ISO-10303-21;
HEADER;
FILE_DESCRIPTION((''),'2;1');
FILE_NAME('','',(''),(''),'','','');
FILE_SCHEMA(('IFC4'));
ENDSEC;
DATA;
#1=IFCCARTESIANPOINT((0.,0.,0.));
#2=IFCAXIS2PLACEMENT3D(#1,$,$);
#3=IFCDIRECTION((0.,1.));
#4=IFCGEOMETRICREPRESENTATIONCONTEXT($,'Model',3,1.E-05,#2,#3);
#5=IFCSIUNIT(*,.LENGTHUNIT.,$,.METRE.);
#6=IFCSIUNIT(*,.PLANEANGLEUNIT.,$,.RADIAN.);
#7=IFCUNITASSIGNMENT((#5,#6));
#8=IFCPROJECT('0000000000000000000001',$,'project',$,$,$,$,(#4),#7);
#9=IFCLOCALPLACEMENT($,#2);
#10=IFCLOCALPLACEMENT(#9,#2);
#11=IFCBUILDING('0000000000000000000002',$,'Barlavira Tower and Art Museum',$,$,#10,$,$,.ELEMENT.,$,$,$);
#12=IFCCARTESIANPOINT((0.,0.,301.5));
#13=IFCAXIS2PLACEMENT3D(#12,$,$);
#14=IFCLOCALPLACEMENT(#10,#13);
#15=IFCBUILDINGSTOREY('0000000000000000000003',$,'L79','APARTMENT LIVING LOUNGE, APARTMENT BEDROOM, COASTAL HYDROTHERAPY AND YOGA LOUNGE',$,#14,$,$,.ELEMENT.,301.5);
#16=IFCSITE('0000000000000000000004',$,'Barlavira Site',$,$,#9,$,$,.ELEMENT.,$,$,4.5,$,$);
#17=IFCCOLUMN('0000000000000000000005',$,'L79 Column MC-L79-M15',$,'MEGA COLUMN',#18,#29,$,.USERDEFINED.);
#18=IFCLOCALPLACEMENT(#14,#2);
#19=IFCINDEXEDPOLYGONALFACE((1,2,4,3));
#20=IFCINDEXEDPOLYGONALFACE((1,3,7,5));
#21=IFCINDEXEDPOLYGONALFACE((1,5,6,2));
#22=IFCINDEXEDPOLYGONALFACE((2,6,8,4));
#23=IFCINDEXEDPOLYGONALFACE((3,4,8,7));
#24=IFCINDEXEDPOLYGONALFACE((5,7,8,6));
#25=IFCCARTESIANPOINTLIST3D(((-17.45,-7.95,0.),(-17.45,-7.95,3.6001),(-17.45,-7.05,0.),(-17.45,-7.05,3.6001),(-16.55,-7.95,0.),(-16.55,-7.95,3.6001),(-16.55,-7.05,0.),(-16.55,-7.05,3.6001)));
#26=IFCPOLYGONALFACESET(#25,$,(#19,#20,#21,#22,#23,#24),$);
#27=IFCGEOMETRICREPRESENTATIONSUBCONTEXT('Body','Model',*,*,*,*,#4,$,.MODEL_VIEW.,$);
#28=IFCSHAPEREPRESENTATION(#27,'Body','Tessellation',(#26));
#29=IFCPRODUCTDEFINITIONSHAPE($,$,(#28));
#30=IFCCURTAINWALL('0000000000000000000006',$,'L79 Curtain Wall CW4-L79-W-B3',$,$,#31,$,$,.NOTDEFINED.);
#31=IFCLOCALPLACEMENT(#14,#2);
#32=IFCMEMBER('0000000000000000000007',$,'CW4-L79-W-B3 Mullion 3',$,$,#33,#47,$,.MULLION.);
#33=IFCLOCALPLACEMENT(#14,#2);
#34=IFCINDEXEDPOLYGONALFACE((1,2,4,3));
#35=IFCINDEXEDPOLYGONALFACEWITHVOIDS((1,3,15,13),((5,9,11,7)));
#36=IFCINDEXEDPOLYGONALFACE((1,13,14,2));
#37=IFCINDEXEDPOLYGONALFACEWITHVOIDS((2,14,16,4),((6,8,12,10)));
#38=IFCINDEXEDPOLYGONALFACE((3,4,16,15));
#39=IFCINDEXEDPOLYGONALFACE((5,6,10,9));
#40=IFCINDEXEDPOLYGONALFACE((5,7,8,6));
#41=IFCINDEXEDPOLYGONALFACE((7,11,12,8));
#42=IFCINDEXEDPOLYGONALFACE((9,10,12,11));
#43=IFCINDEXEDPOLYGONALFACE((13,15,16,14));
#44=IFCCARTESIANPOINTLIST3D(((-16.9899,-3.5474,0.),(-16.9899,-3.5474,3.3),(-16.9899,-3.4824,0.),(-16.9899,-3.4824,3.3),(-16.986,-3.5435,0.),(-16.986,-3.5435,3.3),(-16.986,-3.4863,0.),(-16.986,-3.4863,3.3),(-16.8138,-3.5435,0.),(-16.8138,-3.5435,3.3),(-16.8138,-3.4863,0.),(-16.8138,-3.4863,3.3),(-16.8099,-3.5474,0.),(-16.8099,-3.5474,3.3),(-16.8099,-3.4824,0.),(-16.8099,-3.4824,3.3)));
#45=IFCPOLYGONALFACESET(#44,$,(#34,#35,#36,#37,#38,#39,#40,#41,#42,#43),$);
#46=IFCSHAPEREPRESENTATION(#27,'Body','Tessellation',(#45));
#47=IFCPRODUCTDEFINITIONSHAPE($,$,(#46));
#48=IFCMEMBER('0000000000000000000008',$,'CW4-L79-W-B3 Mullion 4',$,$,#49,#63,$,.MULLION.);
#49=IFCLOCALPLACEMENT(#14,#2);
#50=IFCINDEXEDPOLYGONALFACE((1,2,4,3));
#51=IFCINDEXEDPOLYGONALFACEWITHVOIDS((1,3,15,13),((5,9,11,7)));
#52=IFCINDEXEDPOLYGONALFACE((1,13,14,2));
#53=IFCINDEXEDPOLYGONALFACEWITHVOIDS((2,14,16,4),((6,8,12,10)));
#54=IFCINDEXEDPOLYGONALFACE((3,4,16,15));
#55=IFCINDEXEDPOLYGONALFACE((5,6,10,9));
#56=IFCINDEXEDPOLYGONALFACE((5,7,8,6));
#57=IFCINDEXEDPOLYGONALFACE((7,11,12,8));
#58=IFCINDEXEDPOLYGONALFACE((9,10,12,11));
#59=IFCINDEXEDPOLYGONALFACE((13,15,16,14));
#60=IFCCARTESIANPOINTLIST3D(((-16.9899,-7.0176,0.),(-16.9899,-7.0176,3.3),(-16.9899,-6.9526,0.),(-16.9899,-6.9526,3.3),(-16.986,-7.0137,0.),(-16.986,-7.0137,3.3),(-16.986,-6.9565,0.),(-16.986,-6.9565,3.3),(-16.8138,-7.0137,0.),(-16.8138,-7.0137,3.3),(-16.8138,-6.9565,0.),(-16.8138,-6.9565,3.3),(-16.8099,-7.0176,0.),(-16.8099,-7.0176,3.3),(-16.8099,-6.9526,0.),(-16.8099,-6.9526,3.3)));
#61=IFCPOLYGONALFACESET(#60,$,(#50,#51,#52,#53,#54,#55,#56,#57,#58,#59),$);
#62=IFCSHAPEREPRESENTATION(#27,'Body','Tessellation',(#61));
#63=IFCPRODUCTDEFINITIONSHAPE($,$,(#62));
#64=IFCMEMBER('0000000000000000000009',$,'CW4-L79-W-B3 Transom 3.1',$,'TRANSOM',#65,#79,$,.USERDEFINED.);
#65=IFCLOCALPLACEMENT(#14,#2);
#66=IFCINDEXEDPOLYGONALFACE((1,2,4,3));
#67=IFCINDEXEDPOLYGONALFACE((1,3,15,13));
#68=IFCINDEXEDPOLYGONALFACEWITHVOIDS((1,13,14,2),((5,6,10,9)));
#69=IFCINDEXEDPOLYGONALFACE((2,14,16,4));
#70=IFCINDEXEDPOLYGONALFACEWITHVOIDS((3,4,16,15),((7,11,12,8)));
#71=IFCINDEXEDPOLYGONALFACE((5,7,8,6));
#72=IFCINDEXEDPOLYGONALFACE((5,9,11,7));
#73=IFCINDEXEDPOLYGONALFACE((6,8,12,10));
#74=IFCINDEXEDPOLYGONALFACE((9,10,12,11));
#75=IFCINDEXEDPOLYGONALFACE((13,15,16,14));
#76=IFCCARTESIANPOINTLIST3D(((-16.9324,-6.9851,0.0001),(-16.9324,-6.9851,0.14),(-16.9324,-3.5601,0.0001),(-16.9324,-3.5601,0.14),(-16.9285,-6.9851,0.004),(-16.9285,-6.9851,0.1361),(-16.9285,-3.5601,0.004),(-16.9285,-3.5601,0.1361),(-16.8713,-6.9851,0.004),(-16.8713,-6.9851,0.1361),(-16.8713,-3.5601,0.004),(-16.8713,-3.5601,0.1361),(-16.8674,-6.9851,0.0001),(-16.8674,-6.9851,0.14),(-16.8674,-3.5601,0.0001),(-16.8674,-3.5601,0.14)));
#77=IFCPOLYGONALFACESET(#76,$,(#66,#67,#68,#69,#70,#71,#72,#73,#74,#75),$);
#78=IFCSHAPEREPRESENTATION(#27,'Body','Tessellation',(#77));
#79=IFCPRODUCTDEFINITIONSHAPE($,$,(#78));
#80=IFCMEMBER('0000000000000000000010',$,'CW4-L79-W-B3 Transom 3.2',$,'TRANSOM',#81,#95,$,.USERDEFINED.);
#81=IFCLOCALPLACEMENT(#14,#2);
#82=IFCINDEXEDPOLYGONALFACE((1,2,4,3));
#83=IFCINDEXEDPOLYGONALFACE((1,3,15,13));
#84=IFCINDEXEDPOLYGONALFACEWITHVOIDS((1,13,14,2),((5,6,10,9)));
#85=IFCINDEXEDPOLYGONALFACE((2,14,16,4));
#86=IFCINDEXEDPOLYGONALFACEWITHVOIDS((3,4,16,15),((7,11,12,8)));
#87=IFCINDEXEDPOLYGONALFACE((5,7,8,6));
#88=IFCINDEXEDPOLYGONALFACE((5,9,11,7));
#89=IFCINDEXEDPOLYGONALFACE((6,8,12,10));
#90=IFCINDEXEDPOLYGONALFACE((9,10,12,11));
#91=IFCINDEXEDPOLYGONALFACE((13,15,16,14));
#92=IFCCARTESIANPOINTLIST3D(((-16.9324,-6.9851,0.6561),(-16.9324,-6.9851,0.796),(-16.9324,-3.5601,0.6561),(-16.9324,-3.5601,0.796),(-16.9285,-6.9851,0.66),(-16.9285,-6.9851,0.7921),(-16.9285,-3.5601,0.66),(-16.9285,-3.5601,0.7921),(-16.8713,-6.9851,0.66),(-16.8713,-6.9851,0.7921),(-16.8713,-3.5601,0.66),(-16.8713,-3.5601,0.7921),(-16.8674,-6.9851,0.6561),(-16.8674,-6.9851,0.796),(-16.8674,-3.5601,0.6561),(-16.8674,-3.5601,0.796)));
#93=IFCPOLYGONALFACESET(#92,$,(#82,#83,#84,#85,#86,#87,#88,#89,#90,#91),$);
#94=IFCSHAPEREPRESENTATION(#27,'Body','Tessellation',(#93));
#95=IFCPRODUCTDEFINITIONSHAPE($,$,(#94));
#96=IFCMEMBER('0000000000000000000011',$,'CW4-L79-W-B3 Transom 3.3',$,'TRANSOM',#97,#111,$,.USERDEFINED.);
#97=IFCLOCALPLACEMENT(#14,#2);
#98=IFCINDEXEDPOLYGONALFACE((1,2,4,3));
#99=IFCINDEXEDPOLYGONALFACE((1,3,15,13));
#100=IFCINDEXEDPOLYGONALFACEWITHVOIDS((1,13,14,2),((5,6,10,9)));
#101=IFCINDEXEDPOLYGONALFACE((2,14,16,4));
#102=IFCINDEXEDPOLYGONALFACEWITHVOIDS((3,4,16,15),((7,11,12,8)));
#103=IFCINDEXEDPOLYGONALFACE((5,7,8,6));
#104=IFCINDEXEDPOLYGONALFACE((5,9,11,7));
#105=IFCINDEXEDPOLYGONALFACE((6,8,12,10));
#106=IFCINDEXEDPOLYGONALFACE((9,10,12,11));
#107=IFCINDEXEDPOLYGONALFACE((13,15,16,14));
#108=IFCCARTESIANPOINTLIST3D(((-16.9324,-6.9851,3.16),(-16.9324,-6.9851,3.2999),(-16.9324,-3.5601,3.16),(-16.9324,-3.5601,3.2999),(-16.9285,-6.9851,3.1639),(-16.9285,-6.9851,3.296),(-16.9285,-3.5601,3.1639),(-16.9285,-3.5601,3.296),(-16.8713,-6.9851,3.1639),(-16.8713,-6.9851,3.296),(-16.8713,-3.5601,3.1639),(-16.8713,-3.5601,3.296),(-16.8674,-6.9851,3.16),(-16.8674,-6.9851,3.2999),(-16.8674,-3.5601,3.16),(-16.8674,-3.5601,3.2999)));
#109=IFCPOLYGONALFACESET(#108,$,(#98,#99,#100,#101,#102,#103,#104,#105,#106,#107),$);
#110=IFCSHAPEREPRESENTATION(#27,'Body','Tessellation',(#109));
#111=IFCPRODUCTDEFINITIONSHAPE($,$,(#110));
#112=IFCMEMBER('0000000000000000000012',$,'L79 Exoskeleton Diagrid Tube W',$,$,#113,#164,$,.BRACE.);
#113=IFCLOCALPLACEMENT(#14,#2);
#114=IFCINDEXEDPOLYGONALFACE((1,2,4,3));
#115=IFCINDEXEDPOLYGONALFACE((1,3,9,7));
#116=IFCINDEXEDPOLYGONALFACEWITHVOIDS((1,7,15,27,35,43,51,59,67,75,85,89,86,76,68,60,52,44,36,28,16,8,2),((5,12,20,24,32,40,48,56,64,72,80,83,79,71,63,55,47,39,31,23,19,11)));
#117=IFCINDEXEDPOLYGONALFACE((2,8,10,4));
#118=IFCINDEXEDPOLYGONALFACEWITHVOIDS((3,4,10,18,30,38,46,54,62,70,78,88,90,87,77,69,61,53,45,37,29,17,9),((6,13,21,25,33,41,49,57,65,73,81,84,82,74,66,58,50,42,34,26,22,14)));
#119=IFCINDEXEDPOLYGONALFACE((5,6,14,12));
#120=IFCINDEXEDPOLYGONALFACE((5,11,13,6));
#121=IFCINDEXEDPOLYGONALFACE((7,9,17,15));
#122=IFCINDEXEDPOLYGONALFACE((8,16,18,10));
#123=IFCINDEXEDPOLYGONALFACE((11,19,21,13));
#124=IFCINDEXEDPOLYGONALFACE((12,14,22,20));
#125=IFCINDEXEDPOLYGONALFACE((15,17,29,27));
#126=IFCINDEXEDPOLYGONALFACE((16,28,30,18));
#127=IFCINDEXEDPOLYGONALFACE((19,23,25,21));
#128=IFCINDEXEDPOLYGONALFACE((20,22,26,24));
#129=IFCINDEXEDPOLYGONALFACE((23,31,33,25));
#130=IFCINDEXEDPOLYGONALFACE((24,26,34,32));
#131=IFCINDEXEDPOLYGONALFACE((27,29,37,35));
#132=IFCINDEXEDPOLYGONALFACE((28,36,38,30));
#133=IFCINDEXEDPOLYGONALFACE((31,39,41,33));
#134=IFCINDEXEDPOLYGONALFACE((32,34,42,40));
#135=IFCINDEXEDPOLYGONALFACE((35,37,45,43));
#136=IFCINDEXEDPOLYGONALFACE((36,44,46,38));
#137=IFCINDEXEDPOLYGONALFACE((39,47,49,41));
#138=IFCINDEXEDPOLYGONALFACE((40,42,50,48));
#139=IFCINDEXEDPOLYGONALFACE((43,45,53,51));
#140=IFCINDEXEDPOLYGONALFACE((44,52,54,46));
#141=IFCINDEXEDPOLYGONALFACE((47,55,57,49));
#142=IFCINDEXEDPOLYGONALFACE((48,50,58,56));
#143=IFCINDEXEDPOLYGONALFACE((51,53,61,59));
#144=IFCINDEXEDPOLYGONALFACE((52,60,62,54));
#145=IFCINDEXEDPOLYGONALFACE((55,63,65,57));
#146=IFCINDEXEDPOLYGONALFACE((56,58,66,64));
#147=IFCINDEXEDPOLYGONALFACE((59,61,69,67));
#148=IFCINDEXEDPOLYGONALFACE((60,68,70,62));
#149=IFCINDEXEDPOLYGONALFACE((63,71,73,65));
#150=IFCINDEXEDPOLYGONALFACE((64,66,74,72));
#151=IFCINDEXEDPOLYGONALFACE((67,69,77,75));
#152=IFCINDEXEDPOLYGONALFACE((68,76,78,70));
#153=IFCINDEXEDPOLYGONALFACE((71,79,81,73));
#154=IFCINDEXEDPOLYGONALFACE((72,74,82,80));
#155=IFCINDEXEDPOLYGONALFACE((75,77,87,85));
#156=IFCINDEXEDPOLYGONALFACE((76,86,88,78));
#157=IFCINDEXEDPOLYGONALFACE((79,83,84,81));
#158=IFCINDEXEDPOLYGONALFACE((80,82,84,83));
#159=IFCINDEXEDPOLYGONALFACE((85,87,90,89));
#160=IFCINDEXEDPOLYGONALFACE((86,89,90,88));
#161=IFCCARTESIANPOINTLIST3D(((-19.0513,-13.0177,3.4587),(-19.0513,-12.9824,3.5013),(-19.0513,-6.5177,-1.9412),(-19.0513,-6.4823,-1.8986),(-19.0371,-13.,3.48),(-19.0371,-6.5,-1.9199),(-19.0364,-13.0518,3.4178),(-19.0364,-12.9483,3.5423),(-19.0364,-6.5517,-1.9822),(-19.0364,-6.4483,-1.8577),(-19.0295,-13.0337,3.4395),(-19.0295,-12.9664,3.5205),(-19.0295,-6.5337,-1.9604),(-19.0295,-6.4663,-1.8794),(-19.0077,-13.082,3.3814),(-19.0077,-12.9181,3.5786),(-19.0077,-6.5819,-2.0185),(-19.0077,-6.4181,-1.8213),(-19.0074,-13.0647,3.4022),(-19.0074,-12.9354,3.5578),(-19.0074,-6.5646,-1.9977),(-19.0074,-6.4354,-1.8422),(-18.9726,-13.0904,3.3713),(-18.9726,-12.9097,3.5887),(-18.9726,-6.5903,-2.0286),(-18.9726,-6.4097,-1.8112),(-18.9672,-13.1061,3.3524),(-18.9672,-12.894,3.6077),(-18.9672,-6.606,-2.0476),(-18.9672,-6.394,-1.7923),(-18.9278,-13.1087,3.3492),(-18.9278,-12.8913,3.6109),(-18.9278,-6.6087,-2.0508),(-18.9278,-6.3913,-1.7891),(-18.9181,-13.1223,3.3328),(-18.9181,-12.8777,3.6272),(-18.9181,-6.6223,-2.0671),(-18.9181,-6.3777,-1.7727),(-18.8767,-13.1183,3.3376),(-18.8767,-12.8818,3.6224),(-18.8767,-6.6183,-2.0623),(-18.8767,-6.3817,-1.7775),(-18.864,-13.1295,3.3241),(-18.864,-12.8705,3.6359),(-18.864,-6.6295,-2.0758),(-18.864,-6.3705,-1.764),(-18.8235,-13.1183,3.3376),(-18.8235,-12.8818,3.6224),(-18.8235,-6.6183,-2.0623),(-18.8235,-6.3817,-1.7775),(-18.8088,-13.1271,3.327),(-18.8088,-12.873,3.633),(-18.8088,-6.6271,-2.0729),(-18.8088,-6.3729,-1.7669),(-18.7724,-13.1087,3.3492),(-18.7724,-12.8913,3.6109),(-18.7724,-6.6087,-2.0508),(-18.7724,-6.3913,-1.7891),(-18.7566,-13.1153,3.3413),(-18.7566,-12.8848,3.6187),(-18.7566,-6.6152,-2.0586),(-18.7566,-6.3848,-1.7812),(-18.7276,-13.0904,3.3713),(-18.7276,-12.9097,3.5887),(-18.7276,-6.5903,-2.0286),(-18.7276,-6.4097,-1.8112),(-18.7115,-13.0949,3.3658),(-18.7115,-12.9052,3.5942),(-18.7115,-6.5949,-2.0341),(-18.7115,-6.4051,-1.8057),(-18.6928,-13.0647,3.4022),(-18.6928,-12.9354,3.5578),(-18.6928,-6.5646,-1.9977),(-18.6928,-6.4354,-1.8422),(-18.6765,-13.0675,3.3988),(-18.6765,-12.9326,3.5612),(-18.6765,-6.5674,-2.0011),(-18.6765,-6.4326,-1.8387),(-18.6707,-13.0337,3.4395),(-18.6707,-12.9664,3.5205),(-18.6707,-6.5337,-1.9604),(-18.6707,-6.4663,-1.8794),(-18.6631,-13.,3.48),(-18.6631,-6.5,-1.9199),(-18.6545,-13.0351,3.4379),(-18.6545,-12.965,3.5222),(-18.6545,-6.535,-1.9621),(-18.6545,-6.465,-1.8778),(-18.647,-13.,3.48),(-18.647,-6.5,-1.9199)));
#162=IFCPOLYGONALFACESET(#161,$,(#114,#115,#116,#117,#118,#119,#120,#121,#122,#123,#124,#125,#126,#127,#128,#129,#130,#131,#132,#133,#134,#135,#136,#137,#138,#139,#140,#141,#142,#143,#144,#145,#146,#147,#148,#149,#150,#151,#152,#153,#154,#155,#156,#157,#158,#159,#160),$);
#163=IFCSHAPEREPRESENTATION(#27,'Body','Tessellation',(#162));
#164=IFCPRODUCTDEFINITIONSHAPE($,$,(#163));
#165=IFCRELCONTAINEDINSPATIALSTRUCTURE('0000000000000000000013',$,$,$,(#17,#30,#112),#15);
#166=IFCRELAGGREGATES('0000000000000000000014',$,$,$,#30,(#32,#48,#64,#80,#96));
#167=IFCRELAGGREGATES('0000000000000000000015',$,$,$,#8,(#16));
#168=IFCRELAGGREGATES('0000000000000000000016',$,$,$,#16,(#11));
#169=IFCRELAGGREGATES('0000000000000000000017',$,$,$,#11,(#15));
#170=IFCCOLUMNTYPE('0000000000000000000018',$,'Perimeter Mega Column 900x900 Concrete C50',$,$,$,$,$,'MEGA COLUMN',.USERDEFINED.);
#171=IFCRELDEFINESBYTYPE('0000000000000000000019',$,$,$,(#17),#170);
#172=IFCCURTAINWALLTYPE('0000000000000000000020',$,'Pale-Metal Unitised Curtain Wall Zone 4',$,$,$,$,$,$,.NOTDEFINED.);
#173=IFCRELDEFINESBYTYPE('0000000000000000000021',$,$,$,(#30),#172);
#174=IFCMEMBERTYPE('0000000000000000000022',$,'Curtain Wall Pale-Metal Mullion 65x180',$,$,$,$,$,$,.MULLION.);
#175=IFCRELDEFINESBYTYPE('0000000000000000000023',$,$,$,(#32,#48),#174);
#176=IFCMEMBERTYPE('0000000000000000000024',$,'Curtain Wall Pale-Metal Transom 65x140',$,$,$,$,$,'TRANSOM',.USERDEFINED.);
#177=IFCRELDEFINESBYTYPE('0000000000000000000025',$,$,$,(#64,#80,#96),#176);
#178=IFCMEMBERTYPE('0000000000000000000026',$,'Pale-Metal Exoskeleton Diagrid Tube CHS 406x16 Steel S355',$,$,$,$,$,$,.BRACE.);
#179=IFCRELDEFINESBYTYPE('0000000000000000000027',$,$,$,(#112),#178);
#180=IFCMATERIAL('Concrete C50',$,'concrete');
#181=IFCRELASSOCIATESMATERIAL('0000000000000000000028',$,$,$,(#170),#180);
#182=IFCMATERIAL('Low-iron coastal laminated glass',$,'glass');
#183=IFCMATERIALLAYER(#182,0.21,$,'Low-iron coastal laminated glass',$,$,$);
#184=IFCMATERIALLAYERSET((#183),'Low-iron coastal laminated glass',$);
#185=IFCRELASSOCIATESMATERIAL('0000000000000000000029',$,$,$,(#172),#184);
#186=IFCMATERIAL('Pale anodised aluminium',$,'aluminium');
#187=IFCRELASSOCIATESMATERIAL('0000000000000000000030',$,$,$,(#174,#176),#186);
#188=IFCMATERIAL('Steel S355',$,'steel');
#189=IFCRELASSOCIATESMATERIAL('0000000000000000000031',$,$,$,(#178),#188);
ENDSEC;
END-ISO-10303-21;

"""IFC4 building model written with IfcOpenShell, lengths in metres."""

from ifc_helpers import new_model, si_unit, direction, frame, origin, origin_2d, place, context, subcontext, project, spatial, rectangle, hollow_rectangle, hollow_circle, extrude, material, layer, layer_set, material_profile, profile_set, type_object, element, aggregate, save


model = new_model("IFC4")

# Units and contexts
model_context = context("Model", 3, precision=1e-05, world=origin(), true_north=direction((0.0, 1.0)))
body_context = subcontext(model_context, "Body", "Model", "MODEL_VIEW")
ifc_project = project(units=[si_unit("LENGTHUNIT", "METRE"), si_unit("PLANEANGLEUNIT", "RADIAN")], contexts=[model_context])

# Site, building, storey
site_placement = place(None, origin())
site = spatial("IfcSite", under=ifc_project, at=site_placement, Name="Barlavira Site", CompositionType="ELEMENT", RefElevation=4.5)
building_placement = place(site_placement, origin())
building = spatial("IfcBuilding", under=site, at=building_placement, Name="Barlavira Tower and Art Museum", CompositionType="ELEMENT")
storey_placement = place(building_placement, frame((0.0, 0.0, 301.5)))
storey = spatial("IfcBuildingStorey", under=building, at=storey_placement, Name="L79", Description="APARTMENT LIVING LOUNGE, APARTMENT BEDROOM, COASTAL HYDROTHERAPY AND YOGA LOUNGE", CompositionType="ELEMENT", Elevation=301.5)

# Column
ifc_material_1 = material(Name="Concrete C50", Category="concrete")
ifc_material_profile_1 = material_profile(ifc_material_1, rectangle(XDim=0.8999, YDim=0.8999, at=origin_2d()), Name="RC-COL 900x900")
ifc_profile_set_1 = profile_set([ifc_material_profile_1], Name="Concrete C50")
column_type = type_object("IfcColumnType", Name="Perimeter Mega Column 900x900 Concrete C50", ElementType="MEGA COLUMN", PredefinedType="USERDEFINED", material=ifc_profile_set_1)
column_placement = place(storey_placement, frame((-17.0, -7.5, 0.0), z_axis=(0.0, 0.0, 1.0), x_axis=(1.0, 0.0, 0.0)))
element("IfcColumn", 1, at=column_placement, inside=storey, type_object=column_type, Name="L79 Column MC-L79-M15", ObjectType="MEGA COLUMN", PredefinedType="USERDEFINED", context=body_context, shape_type="SweptSolid", body=[
    extrude(rectangle(XDim=0.8999, YDim=0.8999, at=origin_2d()), origin(), (0.0, 0.0, 1.0), 3.6001),
])

# Curtain wall, members
ifc_material_2 = material(Name="Low-iron coastal laminated glass", Category="glass")
ifc_layer_1 = layer(ifc_material_2, 0.21, Name="Low-iron coastal laminated glass")
ifc_layer_set_1 = layer_set([ifc_layer_1], Name="Low-iron coastal laminated glass")
curtain_wall_type = type_object("IfcCurtainWallType", Name="Pale-Metal Unitised Curtain Wall Zone 4", PredefinedType="NOTDEFINED", material=ifc_layer_set_1)
curtain_wall_placement = place(storey_placement, origin())
curtain_wall = element("IfcCurtainWall", 2, at=curtain_wall_placement, inside=storey, type_object=curtain_wall_type, Name="L79 Curtain Wall CW4-L79-W-B3", PredefinedType="NOTDEFINED")
ifc_material_3 = material(Name="Pale anodised aluminium", Category="aluminium")
ifc_material_profile_2 = material_profile(ifc_material_3, hollow_rectangle(XDim=0.0649, YDim=0.1799, WallThickness=0.0039, at=origin_2d()), Name="ALU-MULL 65x180x4")
ifc_profile_set_2 = profile_set([ifc_material_profile_2], Name="Pale anodised aluminium")
member_type_1 = type_object("IfcMemberType", Name="Curtain Wall Pale-Metal Mullion 65x180", PredefinedType="MULLION", material=ifc_profile_set_2)
member_1_placement = place(storey_placement, frame((-16.8999, -3.5149, 0.0), z_axis=(0.0, 0.0, 1.0), x_axis=(0.0, -1.0, 0.0)))
member_1 = element("IfcMember", 3, at=member_1_placement, type_object=member_type_1, Name="CW4-L79-W-B3 Mullion 3", PredefinedType="MULLION", context=body_context, shape_type="SweptSolid", body=[
    extrude(hollow_rectangle(XDim=0.0649, YDim=0.1799, WallThickness=0.0039, at=origin_2d()), origin(), (0.0, 0.0, 1.0), 3.3),
])
member_2_placement = place(storey_placement, frame((-16.8999, -6.9851, 0.0), z_axis=(0.0, 0.0, 1.0), x_axis=(0.0, -1.0, 0.0)))
member_2 = element("IfcMember", 4, at=member_2_placement, type_object=member_type_1, Name="CW4-L79-W-B3 Mullion 4", PredefinedType="MULLION", context=body_context, shape_type="SweptSolid", body=[
    extrude(hollow_rectangle(XDim=0.0649, YDim=0.1799, WallThickness=0.0039, at=origin_2d()), origin(), (0.0, 0.0, 1.0), 3.3),
])
ifc_material_profile_3 = material_profile(ifc_material_3, hollow_rectangle(XDim=0.0649, YDim=0.1399, WallThickness=0.0039, at=origin_2d()), Name="ALU-TRAN 65x140x4")
ifc_profile_set_3 = profile_set([ifc_material_profile_3], Name="Pale anodised aluminium")
member_type_2 = type_object("IfcMemberType", Name="Curtain Wall Pale-Metal Transom 65x140", ElementType="TRANSOM", PredefinedType="USERDEFINED", material=ifc_profile_set_3)
member_3_placement = place(storey_placement, frame((-16.8999, -3.5601, 0.0701), z_axis=(0.0, -1.0, 0.0), x_axis=(1.0, 0.0, 0.0)))
member_3 = element("IfcMember", 5, at=member_3_placement, type_object=member_type_2, Name="CW4-L79-W-B3 Transom 3.1", ObjectType="TRANSOM", PredefinedType="USERDEFINED", context=body_context, shape_type="SweptSolid", body=[
    extrude(hollow_rectangle(XDim=0.0649, YDim=0.1399, WallThickness=0.0039, at=origin_2d()), origin(), (0.0, 0.0, 1.0), 3.425),
])
member_4_placement = place(storey_placement, frame((-16.8999, -3.5601, 0.7261), z_axis=(0.0, -1.0, 0.0), x_axis=(1.0, 0.0, 0.0)))
member_4 = element("IfcMember", 6, at=member_4_placement, type_object=member_type_2, Name="CW4-L79-W-B3 Transom 3.2", ObjectType="TRANSOM", PredefinedType="USERDEFINED", context=body_context, shape_type="SweptSolid", body=[
    extrude(hollow_rectangle(XDim=0.0649, YDim=0.1399, WallThickness=0.0039, at=origin_2d()), origin(), (0.0, 0.0, 1.0), 3.425),
])
member_5_placement = place(storey_placement, frame((-16.8999, -3.5601, 3.23), z_axis=(0.0, -1.0, 0.0), x_axis=(1.0, 0.0, 0.0)))
member_5 = element("IfcMember", 7, at=member_5_placement, type_object=member_type_2, Name="CW4-L79-W-B3 Transom 3.3", ObjectType="TRANSOM", PredefinedType="USERDEFINED", context=body_context, shape_type="SweptSolid", body=[
    extrude(hollow_rectangle(XDim=0.0649, YDim=0.1399, WallThickness=0.0039, at=origin_2d()), origin(), (0.0, 0.0, 1.0), 3.425),
])

# Member
ifc_material_4 = material(Name="Steel S355", Category="steel")
ifc_material_profile_4 = material_profile(ifc_material_4, hollow_circle(Radius=0.2031, WallThickness=0.0161, at=origin_2d()), Name="CHS 406.4x16.0")
ifc_profile_set_4 = profile_set([ifc_material_profile_4], Name="Steel S355")
member_type_3 = type_object("IfcMemberType", Name="Pale-Metal Exoskeleton Diagrid Tube CHS 406x16 Steel S355", PredefinedType="BRACE", material=ifc_profile_set_4)
for number, where, z_axis, x_axis, name in (
    (8, (-18.8501, -6.5, -1.9199), (0.0, -0.769196, 0.639013), (1.0, 0.0, 0.0), "L79 Exoskeleton Diagrid Tube W"),
):
    element("IfcMember", number, at=place(storey_placement, frame(where, z_axis=z_axis, x_axis=x_axis)), inside=storey, type_object=member_type_3, Name=name, PredefinedType="BRACE", context=body_context, shape_type="SweptSolid", body=[
        extrude(hollow_circle(Radius=0.2031, WallThickness=0.0161, at=origin_2d()), origin(), (0.0, 0.0, 1.0), 8.4504),
    ])

aggregate(curtain_wall, [member_1, member_2, member_3, member_4, member_5])

save(model, "model.ifc")
